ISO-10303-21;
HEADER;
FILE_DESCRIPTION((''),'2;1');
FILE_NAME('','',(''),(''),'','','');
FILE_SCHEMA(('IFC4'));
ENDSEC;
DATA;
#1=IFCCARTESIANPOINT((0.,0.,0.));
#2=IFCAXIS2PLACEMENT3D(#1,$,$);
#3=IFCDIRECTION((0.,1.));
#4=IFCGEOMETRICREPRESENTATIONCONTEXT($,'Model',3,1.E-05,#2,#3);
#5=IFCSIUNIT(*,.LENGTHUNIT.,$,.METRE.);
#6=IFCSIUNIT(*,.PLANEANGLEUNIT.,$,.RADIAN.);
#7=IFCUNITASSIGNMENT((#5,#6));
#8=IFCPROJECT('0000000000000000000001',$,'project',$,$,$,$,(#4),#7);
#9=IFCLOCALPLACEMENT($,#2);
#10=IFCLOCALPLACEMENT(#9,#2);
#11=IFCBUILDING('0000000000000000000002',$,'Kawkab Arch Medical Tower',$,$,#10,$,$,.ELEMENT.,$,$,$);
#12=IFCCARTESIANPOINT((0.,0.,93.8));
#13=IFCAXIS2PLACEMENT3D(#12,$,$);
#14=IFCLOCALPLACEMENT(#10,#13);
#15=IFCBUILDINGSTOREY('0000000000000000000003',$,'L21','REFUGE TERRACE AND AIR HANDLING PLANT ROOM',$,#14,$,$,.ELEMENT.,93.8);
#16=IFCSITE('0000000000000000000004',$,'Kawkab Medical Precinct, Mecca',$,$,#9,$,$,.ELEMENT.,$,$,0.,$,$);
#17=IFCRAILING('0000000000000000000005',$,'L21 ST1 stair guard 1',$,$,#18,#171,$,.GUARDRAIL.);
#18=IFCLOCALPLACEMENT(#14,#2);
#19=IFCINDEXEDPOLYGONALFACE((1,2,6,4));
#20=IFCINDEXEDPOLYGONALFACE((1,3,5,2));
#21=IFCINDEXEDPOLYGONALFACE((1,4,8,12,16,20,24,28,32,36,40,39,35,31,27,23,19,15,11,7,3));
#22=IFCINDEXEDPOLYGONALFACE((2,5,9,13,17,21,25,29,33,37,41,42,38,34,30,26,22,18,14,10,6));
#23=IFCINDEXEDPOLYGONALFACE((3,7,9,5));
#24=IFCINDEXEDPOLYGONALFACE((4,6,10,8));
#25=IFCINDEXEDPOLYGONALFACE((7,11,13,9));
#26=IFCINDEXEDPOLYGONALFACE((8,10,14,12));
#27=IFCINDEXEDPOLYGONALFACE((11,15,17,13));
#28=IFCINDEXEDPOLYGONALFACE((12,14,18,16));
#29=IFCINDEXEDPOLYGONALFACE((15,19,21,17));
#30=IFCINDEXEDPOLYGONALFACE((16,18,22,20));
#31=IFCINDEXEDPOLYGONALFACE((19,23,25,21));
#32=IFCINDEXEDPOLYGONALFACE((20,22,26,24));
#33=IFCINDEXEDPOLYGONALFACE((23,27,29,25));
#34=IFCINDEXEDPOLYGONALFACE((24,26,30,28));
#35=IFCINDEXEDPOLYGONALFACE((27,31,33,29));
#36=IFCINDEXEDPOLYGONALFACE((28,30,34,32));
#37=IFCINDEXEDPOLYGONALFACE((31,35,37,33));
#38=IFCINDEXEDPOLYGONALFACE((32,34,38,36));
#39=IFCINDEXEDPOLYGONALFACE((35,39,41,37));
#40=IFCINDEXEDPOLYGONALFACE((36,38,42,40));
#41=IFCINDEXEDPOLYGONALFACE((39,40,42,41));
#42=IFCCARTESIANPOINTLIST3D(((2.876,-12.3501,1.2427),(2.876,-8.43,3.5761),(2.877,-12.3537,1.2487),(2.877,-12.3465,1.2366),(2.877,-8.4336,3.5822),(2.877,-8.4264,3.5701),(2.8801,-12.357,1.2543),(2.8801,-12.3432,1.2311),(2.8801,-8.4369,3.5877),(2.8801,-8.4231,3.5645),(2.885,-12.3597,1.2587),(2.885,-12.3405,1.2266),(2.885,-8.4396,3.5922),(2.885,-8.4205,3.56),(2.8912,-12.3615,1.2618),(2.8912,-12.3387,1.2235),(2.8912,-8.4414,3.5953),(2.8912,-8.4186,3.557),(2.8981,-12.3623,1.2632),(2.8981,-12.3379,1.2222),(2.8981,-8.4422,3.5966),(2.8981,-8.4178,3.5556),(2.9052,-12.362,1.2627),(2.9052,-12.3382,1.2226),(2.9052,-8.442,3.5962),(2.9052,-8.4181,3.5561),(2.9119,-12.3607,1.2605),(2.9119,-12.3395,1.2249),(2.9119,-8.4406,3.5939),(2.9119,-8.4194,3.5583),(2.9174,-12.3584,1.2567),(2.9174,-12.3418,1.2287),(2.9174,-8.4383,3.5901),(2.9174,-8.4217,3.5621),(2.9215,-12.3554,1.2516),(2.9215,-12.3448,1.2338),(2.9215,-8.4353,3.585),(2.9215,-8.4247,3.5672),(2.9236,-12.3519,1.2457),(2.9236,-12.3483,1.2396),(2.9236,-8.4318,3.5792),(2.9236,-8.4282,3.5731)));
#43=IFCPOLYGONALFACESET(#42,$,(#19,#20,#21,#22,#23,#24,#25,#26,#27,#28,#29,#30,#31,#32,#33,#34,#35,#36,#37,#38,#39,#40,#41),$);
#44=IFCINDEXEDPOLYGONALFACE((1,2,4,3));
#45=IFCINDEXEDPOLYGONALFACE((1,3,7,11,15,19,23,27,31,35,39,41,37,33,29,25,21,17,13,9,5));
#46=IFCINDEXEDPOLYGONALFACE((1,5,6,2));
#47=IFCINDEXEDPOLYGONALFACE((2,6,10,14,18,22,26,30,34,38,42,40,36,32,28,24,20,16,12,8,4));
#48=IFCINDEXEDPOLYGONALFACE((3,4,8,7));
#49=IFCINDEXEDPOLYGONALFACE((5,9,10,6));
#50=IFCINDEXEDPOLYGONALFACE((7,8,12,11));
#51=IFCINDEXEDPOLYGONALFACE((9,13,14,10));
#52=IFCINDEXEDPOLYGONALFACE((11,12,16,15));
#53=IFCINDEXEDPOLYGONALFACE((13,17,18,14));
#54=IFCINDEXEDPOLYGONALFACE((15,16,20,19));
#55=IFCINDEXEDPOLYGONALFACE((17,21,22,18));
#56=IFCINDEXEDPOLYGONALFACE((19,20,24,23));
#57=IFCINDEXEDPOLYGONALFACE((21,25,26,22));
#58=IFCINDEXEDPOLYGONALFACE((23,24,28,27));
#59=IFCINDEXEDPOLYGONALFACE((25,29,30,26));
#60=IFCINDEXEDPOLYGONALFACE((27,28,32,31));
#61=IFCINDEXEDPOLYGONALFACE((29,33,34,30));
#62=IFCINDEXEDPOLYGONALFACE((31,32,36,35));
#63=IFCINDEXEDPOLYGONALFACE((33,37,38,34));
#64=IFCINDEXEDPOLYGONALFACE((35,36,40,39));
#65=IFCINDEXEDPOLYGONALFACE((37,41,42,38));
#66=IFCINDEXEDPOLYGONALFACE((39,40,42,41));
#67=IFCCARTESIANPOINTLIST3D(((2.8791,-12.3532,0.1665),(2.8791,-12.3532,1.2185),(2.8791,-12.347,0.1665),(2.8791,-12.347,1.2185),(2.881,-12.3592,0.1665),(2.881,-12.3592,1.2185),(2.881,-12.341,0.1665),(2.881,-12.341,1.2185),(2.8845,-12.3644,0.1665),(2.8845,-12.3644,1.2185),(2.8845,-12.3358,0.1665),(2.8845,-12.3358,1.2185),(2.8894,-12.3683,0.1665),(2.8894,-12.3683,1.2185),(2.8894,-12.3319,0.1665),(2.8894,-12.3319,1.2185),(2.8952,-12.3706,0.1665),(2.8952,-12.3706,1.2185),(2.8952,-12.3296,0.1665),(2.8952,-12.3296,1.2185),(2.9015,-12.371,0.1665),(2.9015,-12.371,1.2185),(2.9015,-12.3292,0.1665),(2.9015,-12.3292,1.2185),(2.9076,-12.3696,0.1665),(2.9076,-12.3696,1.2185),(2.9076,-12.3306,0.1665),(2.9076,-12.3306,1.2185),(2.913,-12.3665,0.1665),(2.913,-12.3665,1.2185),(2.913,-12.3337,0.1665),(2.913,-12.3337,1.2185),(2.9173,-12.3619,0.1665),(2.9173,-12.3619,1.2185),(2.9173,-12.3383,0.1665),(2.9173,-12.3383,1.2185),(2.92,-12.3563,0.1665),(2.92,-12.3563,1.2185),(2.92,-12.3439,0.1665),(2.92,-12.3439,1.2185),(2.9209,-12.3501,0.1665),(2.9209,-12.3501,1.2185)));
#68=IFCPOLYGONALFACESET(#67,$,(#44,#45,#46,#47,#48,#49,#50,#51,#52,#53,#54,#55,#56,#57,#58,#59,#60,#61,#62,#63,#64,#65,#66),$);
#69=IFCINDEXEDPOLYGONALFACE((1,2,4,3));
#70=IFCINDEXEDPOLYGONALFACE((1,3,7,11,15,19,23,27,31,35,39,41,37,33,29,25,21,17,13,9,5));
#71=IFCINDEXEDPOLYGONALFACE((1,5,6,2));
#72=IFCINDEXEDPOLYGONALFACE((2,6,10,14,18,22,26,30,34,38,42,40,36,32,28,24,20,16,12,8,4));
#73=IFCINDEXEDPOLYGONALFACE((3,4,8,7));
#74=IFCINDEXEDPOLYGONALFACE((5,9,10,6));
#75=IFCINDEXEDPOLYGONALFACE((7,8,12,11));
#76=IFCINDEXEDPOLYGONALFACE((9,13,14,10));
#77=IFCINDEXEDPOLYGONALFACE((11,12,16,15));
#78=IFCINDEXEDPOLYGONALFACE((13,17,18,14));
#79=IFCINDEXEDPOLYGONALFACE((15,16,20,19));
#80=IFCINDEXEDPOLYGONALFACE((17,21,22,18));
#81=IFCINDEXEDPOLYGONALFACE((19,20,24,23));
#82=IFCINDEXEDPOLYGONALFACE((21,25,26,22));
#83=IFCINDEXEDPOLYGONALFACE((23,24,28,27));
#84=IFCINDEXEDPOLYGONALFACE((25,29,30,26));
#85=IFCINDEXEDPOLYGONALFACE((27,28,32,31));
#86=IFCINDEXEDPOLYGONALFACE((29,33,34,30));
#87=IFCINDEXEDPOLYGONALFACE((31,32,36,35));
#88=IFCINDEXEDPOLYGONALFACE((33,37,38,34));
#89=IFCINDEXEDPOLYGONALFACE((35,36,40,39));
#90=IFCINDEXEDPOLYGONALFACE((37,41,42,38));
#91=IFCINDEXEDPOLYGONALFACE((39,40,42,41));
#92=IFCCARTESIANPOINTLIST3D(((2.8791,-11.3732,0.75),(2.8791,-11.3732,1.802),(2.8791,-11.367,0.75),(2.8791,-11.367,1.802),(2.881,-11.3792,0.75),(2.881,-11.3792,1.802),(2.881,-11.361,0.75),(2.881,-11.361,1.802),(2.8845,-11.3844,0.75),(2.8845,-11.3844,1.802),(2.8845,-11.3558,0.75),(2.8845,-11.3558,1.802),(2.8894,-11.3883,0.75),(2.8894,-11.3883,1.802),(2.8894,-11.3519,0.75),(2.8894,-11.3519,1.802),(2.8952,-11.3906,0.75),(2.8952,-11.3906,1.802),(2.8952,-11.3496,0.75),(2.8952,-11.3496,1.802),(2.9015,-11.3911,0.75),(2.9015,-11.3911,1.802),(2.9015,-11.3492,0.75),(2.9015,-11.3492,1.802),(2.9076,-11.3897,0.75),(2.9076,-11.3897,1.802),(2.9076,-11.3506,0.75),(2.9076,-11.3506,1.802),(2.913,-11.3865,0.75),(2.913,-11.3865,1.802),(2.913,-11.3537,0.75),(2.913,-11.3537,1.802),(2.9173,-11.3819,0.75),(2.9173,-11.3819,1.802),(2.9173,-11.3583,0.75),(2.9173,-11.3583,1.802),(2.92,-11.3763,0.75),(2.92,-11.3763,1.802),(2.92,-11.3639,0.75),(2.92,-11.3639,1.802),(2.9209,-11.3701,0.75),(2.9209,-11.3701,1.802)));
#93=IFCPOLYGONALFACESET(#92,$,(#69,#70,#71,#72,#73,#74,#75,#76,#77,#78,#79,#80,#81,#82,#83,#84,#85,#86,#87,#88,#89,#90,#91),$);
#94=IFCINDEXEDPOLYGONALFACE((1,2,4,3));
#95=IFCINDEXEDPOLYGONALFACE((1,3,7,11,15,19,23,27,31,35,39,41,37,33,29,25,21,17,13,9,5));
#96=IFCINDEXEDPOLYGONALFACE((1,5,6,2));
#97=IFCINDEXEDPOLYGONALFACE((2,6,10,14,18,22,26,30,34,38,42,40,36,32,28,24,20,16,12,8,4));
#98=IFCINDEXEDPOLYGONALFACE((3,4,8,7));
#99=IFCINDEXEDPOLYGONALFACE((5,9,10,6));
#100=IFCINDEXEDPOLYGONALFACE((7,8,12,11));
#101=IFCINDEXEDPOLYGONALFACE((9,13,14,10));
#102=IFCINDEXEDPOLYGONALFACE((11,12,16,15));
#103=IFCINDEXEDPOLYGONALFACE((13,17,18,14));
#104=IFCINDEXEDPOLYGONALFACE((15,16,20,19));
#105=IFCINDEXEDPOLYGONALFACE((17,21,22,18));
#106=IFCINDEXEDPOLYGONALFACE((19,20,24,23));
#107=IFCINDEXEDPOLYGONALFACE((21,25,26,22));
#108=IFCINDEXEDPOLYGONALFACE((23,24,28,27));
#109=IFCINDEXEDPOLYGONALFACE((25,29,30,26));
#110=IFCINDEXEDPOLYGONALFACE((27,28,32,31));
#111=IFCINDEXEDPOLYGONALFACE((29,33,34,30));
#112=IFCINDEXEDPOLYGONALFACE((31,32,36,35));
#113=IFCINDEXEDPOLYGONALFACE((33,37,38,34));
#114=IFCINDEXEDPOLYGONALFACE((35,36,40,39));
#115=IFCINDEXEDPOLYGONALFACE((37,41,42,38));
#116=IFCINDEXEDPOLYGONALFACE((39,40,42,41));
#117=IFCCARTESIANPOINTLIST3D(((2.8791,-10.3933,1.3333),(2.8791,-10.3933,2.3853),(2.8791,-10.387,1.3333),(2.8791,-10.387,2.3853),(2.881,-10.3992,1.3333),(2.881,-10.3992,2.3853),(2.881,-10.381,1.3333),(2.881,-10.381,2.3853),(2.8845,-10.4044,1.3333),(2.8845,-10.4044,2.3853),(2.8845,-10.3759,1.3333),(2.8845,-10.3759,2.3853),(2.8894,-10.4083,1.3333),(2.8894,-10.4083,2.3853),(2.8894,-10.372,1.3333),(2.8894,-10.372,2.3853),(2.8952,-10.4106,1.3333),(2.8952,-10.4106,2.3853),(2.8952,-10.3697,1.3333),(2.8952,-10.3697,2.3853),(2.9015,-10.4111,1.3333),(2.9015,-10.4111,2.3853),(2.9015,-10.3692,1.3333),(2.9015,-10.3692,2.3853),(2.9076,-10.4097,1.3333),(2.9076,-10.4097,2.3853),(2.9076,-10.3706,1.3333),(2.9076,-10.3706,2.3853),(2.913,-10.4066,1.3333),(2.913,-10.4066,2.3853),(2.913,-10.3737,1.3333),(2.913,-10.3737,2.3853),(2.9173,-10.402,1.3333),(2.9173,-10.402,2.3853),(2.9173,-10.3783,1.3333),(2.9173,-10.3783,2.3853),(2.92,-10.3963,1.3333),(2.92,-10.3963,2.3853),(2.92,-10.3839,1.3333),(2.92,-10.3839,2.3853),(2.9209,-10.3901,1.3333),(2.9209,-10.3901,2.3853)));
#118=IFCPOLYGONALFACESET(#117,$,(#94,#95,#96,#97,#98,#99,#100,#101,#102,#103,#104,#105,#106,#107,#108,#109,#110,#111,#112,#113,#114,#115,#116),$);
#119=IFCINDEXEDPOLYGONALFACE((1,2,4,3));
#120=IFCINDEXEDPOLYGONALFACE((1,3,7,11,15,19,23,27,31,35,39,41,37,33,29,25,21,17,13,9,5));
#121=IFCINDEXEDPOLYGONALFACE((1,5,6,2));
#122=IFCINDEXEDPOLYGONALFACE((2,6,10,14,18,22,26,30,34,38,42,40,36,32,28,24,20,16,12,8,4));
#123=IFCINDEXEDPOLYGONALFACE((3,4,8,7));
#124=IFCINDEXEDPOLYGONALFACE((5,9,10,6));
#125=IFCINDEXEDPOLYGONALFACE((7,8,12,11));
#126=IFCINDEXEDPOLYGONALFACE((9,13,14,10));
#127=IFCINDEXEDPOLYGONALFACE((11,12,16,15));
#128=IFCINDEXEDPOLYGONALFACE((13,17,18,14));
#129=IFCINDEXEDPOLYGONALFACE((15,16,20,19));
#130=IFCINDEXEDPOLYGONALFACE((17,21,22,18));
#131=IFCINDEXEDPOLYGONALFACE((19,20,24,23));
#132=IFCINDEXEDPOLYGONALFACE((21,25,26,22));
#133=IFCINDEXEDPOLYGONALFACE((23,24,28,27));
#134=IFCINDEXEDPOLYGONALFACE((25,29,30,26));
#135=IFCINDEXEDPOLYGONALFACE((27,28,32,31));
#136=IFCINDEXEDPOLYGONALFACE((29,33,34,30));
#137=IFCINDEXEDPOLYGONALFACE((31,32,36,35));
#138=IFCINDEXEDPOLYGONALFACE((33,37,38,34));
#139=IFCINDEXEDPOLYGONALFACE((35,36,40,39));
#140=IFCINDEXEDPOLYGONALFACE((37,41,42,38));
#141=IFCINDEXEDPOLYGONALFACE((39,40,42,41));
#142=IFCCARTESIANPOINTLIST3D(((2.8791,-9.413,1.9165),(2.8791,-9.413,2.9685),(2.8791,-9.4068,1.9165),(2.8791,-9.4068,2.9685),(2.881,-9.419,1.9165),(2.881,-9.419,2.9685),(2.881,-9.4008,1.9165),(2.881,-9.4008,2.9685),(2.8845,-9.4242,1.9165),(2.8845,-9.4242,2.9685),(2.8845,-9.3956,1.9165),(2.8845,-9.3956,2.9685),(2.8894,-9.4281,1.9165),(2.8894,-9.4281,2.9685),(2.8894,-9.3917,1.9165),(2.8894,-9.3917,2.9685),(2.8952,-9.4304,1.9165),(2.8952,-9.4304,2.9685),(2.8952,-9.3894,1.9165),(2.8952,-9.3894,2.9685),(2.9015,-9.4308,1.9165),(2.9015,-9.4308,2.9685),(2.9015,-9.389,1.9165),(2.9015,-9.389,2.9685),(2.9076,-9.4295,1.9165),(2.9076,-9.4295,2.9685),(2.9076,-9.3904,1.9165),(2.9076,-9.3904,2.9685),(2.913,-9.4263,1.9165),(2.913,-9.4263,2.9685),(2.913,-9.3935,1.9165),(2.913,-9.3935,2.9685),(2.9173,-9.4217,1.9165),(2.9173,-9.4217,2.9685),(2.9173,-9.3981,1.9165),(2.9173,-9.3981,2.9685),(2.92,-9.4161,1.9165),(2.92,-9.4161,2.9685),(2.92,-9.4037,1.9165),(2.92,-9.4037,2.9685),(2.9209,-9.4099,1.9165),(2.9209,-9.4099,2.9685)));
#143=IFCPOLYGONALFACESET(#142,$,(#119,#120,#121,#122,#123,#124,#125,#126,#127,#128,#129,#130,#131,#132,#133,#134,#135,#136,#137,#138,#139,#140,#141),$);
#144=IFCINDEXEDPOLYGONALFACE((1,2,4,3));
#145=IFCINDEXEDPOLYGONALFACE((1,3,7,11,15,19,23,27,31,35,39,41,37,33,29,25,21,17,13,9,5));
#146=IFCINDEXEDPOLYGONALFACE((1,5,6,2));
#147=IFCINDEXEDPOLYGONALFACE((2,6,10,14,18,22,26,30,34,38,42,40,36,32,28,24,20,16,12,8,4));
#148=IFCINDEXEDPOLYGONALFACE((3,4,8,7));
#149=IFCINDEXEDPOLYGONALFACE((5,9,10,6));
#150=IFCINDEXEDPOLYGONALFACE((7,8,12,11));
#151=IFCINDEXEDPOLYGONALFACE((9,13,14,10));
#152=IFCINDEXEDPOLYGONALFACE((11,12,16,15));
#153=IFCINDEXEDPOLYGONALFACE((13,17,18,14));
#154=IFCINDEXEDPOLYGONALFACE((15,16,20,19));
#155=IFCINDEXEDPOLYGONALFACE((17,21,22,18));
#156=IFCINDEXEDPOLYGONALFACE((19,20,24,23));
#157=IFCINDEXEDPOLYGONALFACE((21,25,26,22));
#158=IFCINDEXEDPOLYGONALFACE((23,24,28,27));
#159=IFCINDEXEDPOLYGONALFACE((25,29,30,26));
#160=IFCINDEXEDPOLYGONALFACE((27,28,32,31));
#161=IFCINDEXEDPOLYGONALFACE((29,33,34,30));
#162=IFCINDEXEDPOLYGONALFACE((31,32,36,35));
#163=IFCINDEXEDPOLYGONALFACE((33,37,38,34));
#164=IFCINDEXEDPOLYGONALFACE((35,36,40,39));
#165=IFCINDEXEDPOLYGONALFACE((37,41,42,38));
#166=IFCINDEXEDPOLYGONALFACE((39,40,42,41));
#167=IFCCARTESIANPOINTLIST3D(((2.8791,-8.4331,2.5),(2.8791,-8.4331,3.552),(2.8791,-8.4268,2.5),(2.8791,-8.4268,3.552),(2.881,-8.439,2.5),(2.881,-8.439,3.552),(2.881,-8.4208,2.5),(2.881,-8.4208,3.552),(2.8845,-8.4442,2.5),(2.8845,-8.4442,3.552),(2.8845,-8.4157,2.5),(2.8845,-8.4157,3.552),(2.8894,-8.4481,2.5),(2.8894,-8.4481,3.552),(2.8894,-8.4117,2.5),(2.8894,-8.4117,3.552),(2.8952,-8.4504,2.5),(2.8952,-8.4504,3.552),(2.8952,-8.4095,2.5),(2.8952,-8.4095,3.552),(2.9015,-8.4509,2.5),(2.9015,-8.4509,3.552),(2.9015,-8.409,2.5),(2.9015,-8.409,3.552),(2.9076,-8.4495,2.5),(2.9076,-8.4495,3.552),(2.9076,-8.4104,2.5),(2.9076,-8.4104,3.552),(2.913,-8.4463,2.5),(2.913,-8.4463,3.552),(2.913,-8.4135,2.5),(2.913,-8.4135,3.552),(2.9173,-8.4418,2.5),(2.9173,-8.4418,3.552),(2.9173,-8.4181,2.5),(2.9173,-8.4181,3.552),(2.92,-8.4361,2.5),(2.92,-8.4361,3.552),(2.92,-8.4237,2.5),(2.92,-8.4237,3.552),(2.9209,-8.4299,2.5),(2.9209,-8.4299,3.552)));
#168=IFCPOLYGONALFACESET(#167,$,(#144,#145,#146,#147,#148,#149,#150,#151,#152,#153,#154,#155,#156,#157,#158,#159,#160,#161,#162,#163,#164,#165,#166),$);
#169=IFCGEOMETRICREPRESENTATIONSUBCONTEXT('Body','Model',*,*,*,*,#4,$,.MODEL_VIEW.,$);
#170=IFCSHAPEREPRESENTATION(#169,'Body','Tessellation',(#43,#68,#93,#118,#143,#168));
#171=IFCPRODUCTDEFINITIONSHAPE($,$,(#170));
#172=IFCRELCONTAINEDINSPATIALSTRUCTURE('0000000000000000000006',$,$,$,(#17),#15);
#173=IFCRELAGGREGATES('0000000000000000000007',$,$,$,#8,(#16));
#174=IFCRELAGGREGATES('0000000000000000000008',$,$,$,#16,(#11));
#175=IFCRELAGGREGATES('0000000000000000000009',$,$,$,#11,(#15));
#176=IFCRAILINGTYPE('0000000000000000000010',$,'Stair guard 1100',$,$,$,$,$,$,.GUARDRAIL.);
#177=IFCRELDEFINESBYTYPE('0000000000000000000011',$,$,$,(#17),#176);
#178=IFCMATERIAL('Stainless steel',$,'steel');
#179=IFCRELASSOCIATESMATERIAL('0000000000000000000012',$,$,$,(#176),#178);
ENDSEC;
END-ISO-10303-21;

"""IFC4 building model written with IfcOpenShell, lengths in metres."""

from ifc_helpers import new_model, si_unit, direction, frame, origin, origin_2d, place, context, subcontext, project, spatial, circle, extrude, material, type_object, element, save


model = new_model("IFC4")

# Units and contexts
model_context = context("Model", 3, precision=1e-05, world=origin(), true_north=direction((0.0, 1.0)))
body_context = subcontext(model_context, "Body", "Model", "MODEL_VIEW")
ifc_project = project(units=[si_unit("LENGTHUNIT", "METRE"), si_unit("PLANEANGLEUNIT", "RADIAN")], contexts=[model_context])

# Site, building, storey
site_placement = place(None, origin())
site = spatial("IfcSite", under=ifc_project, at=site_placement, Name="Kawkab Medical Precinct, Mecca", CompositionType="ELEMENT", RefElevation=0.0)
building_placement = place(site_placement, origin())
building = spatial("IfcBuilding", under=site, at=building_placement, Name="Kawkab Arch Medical Tower", CompositionType="ELEMENT")
storey_placement = place(building_placement, frame((0.0, 0.0, 93.8)))
storey = spatial("IfcBuildingStorey", under=building, at=storey_placement, Name="L21", Description="REFUGE TERRACE AND AIR HANDLING PLANT ROOM", CompositionType="ELEMENT", Elevation=93.8)

# Railing
ifc_material_1 = material(Name="Stainless steel", Category="steel")
railing_type = type_object("IfcRailingType", Name="Stair guard 1100", PredefinedType="GUARDRAIL", material=ifc_material_1)
railing_1_placement = place(storey_placement, frame((2.8999, -12.3501, 0.1665)))
element("IfcRailing", 1, at=railing_1_placement, inside=storey, type_object=railing_type, Name="L21 ST1 stair guard 1", PredefinedType="GUARDRAIL", context=body_context, shape_type="SweptSolid", body=[
    extrude(circle(Radius=0.0239, at=origin_2d()), frame((0.0, 0.0, 1.0762), z_axis=(0.0, 0.859287, 0.511494), x_axis=(-1.0, 0.0, 0.0)), (0.0, 0.0, 1.0), 4.562),
    extrude(circle(Radius=0.021, at=origin_2d()), origin(), (0.0, 0.0, 1.0), 1.052),
    extrude(circle(Radius=0.021, at=origin_2d()), frame((0.0, 0.98, 0.5835)), (0.0, 0.0, 1.0), 1.052),
    extrude(circle(Radius=0.021, at=origin_2d()), frame((0.0, 1.96, 1.1667)), (0.0, 0.0, 1.0), 1.052),
    extrude(circle(Radius=0.021, at=origin_2d()), frame((0.0, 2.9402, 1.75)), (0.0, 0.0, 1.0), 1.052),
    extrude(circle(Radius=0.021, at=origin_2d()), frame((0.0, 3.9202, 2.3335)), (0.0, 0.0, 1.0), 1.052),
])

save(model, "model.ifc")
